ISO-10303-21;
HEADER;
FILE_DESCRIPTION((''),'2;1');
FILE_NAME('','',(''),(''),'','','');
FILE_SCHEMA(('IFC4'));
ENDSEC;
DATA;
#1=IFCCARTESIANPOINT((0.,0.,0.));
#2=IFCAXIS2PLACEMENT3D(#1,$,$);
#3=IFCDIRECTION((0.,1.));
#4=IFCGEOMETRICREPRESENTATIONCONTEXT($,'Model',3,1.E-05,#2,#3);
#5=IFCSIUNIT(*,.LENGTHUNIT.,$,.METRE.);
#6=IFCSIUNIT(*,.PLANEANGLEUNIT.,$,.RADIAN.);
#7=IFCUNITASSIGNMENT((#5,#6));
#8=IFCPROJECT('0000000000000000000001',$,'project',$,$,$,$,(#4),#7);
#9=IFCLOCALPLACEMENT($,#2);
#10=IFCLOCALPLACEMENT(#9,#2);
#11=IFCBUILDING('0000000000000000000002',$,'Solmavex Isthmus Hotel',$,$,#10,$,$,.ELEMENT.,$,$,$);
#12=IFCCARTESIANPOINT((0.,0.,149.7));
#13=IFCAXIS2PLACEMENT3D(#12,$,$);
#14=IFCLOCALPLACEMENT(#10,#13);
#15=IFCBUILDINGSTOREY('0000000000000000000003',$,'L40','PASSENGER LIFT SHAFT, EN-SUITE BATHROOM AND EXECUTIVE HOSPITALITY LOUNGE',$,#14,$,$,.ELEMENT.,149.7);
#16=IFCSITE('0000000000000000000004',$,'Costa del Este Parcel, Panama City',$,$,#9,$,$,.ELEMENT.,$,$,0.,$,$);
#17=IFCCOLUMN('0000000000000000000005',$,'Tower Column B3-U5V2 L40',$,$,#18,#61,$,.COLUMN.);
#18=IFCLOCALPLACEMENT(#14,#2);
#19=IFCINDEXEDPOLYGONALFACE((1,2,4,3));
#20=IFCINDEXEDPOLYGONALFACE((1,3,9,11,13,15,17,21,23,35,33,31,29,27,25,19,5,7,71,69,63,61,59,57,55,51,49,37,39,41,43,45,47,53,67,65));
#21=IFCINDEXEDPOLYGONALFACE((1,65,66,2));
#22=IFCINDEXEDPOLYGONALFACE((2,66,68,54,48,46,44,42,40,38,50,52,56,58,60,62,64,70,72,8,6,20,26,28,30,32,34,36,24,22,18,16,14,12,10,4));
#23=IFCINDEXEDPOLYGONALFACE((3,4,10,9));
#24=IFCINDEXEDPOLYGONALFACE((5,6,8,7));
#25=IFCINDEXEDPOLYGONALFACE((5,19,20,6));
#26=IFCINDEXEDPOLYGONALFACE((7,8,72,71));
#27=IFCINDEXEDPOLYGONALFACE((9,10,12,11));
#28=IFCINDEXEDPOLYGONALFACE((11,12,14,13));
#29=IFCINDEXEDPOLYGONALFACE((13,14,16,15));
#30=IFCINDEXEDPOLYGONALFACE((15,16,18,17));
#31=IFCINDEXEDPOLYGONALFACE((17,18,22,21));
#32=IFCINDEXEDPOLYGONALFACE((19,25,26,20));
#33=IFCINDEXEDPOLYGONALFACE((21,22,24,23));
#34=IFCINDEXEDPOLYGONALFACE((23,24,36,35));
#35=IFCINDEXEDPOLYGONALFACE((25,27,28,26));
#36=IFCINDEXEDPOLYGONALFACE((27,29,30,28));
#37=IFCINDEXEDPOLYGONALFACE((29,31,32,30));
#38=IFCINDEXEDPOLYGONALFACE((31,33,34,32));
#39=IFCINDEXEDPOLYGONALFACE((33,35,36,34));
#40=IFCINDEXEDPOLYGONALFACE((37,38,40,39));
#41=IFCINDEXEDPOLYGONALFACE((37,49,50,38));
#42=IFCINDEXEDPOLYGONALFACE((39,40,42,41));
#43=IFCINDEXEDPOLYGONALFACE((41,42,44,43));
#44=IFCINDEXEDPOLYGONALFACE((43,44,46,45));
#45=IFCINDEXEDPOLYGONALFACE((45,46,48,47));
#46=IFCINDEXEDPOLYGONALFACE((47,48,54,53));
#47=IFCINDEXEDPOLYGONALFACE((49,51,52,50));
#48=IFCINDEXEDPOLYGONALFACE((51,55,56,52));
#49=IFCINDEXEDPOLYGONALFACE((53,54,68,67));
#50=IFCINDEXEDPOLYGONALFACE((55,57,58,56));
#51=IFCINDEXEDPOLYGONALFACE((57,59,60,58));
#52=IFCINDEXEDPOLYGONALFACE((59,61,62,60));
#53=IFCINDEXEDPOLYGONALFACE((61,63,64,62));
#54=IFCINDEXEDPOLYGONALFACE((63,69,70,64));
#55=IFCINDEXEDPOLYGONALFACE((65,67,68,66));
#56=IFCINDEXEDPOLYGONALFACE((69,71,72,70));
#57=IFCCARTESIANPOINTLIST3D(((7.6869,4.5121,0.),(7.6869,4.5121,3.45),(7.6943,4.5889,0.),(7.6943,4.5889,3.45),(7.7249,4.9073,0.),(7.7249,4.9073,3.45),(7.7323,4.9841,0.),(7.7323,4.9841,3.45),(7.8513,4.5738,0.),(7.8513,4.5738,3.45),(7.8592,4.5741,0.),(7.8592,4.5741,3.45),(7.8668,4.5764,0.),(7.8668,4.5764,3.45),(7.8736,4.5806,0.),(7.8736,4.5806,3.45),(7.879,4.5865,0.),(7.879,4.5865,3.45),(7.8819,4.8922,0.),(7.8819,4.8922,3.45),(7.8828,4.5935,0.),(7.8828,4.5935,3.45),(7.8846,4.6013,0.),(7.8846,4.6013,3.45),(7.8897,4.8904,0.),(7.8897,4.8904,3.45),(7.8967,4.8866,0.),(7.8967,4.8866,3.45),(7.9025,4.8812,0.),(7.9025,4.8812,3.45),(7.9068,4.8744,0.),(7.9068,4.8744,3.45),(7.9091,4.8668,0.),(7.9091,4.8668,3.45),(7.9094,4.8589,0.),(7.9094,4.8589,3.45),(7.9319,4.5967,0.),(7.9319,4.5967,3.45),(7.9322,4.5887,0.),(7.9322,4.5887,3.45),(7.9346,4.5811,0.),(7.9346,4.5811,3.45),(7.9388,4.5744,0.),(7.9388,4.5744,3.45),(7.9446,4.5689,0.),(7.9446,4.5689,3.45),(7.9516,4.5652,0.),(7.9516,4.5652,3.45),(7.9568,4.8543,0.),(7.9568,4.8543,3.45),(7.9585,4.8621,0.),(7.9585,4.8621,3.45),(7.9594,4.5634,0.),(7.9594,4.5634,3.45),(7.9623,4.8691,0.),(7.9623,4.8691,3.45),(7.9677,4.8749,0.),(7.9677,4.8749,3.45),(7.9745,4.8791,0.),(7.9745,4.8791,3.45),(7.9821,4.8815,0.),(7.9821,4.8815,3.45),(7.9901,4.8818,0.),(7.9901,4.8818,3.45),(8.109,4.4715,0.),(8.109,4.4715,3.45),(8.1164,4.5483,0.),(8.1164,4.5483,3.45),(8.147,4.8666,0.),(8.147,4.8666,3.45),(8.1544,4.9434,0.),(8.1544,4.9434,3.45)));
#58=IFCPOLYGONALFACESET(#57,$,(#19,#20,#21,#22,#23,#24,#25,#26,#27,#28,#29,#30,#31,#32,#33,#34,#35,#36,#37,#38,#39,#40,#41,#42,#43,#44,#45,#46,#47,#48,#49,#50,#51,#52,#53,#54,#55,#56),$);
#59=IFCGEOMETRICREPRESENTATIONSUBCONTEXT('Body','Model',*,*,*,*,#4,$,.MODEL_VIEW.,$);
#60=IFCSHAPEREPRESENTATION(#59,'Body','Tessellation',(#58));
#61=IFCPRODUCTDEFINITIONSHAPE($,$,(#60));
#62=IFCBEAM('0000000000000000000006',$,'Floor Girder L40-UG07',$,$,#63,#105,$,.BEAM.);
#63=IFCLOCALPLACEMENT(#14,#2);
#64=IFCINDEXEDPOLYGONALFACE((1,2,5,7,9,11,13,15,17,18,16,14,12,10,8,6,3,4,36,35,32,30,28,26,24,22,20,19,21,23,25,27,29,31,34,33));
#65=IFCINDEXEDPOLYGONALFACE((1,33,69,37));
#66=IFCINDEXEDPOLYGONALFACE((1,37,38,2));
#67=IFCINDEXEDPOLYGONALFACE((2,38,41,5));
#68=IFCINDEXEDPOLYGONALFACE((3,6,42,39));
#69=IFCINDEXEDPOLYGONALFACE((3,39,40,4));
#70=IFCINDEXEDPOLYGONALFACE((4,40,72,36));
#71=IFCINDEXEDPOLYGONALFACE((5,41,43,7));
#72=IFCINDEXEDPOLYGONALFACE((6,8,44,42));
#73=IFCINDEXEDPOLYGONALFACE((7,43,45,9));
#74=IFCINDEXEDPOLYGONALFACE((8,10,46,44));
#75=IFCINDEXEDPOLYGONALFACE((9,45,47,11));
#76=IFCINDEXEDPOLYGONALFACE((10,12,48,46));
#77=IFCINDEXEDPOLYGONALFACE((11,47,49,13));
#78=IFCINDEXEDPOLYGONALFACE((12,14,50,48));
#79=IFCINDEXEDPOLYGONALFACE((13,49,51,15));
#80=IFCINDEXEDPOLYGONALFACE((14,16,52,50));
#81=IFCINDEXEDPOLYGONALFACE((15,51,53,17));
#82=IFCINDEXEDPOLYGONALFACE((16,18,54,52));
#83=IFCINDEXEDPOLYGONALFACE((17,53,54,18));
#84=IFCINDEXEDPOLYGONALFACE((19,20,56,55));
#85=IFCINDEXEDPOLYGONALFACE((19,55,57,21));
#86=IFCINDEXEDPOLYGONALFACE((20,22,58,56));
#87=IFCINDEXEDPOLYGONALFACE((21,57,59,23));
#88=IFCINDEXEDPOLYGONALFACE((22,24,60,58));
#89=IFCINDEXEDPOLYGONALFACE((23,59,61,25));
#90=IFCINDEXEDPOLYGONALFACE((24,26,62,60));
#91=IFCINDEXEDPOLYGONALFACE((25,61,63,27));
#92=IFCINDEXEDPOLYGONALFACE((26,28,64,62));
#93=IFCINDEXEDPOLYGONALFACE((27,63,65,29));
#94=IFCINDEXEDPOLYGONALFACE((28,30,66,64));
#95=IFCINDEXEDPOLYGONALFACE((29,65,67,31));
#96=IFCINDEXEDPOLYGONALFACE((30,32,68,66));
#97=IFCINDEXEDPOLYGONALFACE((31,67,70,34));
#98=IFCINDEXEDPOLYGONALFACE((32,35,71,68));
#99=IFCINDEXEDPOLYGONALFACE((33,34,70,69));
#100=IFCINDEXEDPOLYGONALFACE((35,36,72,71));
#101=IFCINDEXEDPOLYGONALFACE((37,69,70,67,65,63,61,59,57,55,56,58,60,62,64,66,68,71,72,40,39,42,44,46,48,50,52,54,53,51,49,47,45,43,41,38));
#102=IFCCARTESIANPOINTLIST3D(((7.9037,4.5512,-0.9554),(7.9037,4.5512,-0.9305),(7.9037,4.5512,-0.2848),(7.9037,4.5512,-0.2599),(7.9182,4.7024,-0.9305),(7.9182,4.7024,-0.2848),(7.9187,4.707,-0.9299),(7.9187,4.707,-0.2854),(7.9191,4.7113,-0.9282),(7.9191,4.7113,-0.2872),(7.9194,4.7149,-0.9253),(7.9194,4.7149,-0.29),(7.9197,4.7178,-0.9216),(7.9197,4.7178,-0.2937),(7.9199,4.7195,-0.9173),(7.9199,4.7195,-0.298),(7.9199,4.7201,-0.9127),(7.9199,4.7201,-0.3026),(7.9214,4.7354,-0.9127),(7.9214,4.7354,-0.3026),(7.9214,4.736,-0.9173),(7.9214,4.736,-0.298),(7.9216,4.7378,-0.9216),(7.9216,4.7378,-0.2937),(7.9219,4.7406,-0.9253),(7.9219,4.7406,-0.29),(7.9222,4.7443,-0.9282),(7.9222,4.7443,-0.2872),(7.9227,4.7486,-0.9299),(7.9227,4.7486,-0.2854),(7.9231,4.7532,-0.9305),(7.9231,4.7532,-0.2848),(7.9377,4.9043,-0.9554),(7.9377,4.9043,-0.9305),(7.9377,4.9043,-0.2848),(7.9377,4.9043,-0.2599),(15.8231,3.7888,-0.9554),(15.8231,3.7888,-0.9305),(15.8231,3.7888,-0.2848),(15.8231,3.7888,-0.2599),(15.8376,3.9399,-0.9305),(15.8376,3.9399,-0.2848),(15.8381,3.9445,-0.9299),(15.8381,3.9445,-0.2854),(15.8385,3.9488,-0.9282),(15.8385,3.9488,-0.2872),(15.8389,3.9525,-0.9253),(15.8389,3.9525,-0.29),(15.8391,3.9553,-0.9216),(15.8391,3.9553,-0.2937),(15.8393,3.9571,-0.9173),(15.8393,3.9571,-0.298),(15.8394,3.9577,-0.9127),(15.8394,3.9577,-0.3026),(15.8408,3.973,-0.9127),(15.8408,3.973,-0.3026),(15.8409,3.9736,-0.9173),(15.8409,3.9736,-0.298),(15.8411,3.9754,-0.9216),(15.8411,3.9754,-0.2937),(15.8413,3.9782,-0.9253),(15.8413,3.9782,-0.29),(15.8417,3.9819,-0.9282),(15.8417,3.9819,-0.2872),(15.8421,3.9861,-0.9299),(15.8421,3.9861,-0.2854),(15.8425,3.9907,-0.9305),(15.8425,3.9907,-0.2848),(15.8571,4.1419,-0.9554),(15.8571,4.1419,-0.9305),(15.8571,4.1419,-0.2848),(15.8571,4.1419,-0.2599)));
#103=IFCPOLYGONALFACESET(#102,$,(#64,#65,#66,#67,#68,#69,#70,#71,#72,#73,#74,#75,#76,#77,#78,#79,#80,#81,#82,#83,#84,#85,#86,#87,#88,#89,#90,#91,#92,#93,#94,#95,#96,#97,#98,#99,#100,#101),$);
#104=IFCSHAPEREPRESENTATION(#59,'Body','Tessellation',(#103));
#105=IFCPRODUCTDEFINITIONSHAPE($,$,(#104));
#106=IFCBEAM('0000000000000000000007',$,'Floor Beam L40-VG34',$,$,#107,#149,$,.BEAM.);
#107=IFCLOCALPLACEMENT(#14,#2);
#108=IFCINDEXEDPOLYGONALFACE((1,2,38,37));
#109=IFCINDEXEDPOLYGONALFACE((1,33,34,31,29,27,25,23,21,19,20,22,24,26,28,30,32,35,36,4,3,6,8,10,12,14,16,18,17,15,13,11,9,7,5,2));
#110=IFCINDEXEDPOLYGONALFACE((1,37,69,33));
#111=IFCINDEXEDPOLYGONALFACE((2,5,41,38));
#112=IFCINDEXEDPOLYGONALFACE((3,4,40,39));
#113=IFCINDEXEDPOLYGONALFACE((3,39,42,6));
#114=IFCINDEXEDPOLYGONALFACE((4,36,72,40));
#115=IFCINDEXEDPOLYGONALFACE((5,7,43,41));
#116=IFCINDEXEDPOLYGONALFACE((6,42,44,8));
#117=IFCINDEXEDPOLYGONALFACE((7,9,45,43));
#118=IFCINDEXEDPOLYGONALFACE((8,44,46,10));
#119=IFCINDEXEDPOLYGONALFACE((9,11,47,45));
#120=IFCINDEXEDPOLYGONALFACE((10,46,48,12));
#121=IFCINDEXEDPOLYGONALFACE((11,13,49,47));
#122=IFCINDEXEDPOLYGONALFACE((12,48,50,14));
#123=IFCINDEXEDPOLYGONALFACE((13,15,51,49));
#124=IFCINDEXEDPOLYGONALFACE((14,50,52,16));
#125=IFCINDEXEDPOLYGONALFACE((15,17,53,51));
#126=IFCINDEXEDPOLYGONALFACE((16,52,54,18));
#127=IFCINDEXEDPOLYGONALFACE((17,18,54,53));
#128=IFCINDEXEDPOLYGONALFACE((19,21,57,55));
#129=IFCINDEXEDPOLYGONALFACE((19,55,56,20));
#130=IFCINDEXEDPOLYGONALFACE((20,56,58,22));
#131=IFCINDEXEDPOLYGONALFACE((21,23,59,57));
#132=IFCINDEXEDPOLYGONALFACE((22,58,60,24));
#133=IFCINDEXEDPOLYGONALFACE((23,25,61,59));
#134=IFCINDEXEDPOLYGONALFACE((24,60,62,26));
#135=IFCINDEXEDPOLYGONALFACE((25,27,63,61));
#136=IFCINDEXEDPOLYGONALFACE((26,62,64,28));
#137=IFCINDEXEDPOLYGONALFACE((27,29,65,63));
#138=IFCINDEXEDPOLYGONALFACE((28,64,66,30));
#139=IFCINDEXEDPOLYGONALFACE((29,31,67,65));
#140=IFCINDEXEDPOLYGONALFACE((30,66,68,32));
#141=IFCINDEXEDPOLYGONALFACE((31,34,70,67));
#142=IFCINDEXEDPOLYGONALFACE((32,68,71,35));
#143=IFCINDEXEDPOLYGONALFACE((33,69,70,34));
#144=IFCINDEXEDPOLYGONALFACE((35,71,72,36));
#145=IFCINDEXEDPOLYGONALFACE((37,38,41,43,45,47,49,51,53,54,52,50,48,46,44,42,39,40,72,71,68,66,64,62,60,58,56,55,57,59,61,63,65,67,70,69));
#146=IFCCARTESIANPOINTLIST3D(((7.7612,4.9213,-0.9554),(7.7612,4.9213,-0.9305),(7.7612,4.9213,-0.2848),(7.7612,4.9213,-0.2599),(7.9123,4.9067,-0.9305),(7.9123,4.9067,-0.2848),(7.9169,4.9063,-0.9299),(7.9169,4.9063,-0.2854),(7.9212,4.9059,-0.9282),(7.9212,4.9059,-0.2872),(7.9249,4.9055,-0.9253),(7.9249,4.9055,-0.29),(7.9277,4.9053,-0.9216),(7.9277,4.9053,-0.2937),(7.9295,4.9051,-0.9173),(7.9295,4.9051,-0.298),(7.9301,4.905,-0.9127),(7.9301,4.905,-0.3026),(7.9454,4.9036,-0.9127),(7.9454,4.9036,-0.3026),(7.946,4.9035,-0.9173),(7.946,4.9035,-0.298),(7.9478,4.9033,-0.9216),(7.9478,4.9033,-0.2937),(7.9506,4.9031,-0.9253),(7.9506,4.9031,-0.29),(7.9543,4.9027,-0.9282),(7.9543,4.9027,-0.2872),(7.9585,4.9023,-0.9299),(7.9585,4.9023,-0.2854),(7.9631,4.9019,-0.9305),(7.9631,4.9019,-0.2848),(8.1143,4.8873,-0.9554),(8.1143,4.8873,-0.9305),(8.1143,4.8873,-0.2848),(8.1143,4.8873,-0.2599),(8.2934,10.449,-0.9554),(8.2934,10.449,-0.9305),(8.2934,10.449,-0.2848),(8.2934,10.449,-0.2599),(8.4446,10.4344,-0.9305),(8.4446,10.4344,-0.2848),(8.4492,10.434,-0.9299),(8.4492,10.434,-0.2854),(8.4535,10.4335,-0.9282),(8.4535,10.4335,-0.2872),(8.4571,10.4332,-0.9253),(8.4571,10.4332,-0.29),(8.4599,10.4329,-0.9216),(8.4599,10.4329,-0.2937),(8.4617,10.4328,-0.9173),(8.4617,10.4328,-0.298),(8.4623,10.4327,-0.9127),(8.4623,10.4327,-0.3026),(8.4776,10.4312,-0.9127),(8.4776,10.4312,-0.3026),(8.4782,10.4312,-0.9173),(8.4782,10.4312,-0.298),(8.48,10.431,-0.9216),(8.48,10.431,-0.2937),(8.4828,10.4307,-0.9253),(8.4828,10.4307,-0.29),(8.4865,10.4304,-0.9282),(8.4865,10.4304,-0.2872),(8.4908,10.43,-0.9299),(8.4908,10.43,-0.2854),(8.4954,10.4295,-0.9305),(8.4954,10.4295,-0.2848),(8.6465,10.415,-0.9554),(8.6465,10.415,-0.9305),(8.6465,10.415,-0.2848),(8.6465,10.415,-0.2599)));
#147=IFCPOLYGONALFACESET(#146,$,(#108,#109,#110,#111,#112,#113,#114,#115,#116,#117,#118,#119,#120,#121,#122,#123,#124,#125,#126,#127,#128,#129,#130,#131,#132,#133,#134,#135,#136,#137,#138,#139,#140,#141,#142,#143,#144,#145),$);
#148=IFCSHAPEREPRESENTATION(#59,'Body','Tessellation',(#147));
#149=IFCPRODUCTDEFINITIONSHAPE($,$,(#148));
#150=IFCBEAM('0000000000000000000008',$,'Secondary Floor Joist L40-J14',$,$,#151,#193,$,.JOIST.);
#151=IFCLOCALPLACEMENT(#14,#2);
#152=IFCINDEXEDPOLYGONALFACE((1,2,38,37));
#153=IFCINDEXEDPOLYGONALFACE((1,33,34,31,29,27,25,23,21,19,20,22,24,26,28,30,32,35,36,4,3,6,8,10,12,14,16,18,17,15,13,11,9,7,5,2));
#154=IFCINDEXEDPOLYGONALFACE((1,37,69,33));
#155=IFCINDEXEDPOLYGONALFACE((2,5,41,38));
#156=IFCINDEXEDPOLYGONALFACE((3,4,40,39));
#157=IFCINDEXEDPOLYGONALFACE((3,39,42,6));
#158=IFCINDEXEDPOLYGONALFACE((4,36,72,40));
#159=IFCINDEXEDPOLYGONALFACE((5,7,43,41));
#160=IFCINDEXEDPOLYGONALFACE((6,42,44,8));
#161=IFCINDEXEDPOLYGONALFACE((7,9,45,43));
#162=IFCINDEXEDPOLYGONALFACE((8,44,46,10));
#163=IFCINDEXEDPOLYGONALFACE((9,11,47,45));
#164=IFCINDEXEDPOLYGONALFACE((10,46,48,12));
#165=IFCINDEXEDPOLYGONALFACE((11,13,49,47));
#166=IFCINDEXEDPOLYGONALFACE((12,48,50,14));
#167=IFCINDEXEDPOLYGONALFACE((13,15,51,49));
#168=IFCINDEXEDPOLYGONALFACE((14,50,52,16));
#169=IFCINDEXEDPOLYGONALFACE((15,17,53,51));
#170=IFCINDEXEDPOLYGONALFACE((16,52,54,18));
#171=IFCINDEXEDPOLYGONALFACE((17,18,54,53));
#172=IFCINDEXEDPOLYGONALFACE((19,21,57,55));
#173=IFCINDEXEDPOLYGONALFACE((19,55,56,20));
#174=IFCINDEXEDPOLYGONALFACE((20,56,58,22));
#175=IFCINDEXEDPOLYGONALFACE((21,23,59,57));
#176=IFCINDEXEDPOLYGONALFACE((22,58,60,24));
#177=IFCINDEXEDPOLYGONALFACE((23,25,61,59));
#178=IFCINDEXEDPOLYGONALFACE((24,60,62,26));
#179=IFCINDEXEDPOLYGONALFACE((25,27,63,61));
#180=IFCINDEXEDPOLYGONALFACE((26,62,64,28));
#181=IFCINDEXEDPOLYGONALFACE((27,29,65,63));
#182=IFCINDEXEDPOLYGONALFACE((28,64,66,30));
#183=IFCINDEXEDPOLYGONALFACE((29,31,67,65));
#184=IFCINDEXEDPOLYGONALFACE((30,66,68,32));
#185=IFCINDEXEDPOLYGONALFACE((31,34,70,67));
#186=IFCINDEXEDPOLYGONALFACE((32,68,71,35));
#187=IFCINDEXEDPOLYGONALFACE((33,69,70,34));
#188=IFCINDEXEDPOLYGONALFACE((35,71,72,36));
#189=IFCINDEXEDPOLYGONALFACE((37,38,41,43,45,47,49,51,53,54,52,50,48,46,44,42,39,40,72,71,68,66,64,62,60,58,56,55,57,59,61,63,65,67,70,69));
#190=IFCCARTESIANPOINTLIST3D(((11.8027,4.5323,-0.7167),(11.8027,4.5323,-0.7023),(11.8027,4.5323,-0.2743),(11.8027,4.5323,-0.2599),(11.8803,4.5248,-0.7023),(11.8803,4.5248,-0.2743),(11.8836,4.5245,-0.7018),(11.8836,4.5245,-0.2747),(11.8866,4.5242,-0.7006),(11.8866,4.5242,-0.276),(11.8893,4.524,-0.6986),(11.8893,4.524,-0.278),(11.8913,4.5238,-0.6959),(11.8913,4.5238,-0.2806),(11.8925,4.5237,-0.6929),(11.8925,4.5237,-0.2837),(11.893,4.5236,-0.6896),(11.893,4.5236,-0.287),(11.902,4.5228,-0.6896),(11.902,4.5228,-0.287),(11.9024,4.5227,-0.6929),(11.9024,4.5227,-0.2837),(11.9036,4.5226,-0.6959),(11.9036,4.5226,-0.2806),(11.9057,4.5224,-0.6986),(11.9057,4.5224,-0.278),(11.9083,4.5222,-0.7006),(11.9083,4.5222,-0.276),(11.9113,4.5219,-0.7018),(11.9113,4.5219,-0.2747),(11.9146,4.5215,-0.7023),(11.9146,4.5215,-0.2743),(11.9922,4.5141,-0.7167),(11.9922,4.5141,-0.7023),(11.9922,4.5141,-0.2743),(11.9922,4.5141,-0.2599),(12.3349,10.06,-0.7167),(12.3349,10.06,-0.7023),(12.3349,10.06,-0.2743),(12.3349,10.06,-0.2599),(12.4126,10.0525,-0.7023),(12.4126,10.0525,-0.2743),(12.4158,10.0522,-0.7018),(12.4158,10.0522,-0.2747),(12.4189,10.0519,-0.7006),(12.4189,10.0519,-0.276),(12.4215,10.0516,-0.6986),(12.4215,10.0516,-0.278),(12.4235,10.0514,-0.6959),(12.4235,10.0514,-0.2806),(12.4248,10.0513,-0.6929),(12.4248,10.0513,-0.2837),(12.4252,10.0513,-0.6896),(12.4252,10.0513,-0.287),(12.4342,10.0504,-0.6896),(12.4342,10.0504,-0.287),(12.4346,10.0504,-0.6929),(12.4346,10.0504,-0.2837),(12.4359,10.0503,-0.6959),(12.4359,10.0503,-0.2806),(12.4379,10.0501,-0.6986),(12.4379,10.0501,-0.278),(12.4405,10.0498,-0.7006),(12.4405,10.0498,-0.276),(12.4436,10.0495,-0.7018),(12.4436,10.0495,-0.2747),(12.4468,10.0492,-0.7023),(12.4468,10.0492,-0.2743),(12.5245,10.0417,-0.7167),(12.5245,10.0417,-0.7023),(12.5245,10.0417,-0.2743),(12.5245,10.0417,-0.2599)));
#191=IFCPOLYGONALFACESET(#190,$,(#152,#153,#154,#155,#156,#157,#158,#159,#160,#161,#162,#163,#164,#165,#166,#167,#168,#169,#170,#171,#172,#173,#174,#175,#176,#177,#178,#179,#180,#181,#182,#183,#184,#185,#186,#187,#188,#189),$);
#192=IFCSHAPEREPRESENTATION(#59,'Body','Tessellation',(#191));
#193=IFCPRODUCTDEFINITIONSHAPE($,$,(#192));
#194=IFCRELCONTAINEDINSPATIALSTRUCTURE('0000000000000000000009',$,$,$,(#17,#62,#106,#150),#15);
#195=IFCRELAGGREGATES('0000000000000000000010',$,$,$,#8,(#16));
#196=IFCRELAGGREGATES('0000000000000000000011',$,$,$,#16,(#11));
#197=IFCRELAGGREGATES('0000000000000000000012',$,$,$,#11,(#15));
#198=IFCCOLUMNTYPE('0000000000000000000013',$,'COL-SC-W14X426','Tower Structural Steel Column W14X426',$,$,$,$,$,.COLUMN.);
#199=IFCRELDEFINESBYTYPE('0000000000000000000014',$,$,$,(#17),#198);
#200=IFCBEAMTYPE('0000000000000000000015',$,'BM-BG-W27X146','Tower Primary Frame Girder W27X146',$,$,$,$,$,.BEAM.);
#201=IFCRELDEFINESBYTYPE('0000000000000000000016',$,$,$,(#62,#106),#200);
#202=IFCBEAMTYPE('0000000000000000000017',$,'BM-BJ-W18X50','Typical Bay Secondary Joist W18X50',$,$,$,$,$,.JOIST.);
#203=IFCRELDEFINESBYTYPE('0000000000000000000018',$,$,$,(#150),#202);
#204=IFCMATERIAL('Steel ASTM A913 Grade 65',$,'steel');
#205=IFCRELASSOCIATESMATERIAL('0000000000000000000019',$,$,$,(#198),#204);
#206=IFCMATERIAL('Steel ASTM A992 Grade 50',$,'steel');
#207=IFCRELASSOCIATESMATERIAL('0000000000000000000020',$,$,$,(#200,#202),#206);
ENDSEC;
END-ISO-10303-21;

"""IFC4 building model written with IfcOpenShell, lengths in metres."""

from ifc_helpers import new_model, si_unit, direction, frame, origin, origin_2d, place, context, subcontext, project, spatial, i_section, extrude, material, material_profile, profile_set, type_object, element, save


model = new_model("IFC4")

# Units and contexts
model_context = context("Model", 3, precision=1e-05, world=origin(), true_north=direction((0.0, 1.0)))
body_context = subcontext(model_context, "Body", "Model", "MODEL_VIEW")
ifc_project = project(units=[si_unit("LENGTHUNIT", "METRE"), si_unit("PLANEANGLEUNIT", "RADIAN")], contexts=[model_context])

# Site, building, storey
site_placement = place(None, origin())
site = spatial("IfcSite", under=ifc_project, at=site_placement, Name="Costa del Este Parcel, Panama City", CompositionType="ELEMENT", RefElevation=0.0)
building_placement = place(site_placement, origin())
building = spatial("IfcBuilding", under=site, at=building_placement, Name="Solmavex Isthmus Hotel", CompositionType="ELEMENT")
storey_placement = place(building_placement, frame((0.0, 0.0, 149.7)))
storey = spatial("IfcBuildingStorey", under=building, at=storey_placement, Name="L40", Description="PASSENGER LIFT SHAFT, EN-SUITE BATHROOM AND EXECUTIVE HOSPITALITY LOUNGE", CompositionType="ELEMENT", Elevation=149.7)

# Column
ifc_material_1 = material(Name="Steel ASTM A913 Grade 65", Category="steel")
ifc_material_profile_1 = material_profile(ifc_material_1, i_section(OverallWidth=0.4241, OverallDepth=0.4741, WebThickness=0.0476, FlangeThickness=0.0771, FilletRadius=0.0305, at=origin_2d()), Name="W14X426")
ifc_profile_set_1 = profile_set([ifc_material_profile_1], Name="Steel ASTM A913 Grade 65")
column_type = type_object("IfcColumnType", Name="COL-SC-W14X426", Description="Tower Structural Steel Column W14X426", PredefinedType="COLUMN", material=ifc_profile_set_1)
column_placement = place(storey_placement, frame((7.9207, 4.7278, 0.0), z_axis=(0.0, 0.0, 1.0), x_axis=(0.995396, -0.095846, 0.0)))
element("IfcColumn", 1, at=column_placement, inside=storey, type_object=column_type, Name="Tower Column B3-U5V2 L40", PredefinedType="COLUMN", context=body_context, shape_type="SweptSolid", body=[
    extrude(i_section(OverallWidth=0.4241, OverallDepth=0.4741, WebThickness=0.0476, FlangeThickness=0.0771, FilletRadius=0.0305, at=origin_2d()), origin(), (0.0, 0.0, 1.0), 3.45),
])

# Beams
ifc_material_2 = material(Name="Steel ASTM A992 Grade 50", Category="steel")
ifc_material_profile_2 = material_profile(ifc_material_2, i_section(OverallWidth=0.3547, OverallDepth=0.6956, WebThickness=0.0154, FlangeThickness=0.0249, FilletRadius=0.0178, at=origin_2d()), Name="W27X146")
ifc_profile_set_2 = profile_set([ifc_material_profile_2], Name="Steel ASTM A992 Grade 50")
beam_type_1 = type_object("IfcBeamType", Name="BM-BG-W27X146", Description="Tower Primary Frame Girder W27X146", PredefinedType="BEAM", material=ifc_profile_set_2)
beam_1_placement = place(storey_placement, frame((7.9207, 4.7278, -0.6077), z_axis=(0.995397, -0.095833, 0.0), x_axis=(0.095833, 0.995397, 0.0)))
element("IfcBeam", 2, at=beam_1_placement, inside=storey, type_object=beam_type_1, Name="Floor Girder L40-UG07", PredefinedType="BEAM", context=body_context, shape_type="SweptSolid", body=[
    extrude(i_section(OverallWidth=0.3547, OverallDepth=0.6956, WebThickness=0.0154, FlangeThickness=0.0249, FilletRadius=0.0178, at=origin_2d()), origin(), (0.0, 0.0, 1.0), 7.9561),
])
beam_2_placement = place(storey_placement, frame((7.9377, 4.9043, -0.6077), z_axis=(0.095842, 0.995397, 0.0), x_axis=(-0.995397, 0.095842, 0.0)))
element("IfcBeam", 3, at=beam_2_placement, inside=storey, type_object=beam_type_1, Name="Floor Beam L40-VG34", PredefinedType="BEAM", context=body_context, shape_type="SweptSolid", body=[
    extrude(i_section(OverallWidth=0.3547, OverallDepth=0.6956, WebThickness=0.0154, FlangeThickness=0.0249, FilletRadius=0.0178, at=origin_2d()), origin(), (0.0, 0.0, 1.0), 5.5532),
])
ifc_material_profile_3 = material_profile(ifc_material_2, i_section(OverallWidth=0.1904, OverallDepth=0.4568, WebThickness=0.009, FlangeThickness=0.0144, FilletRadius=0.0127, at=origin_2d()), Name="W18X50")
ifc_profile_set_3 = profile_set([ifc_material_profile_3], Name="Steel ASTM A992 Grade 50")
beam_type_2 = type_object("IfcBeamType", Name="BM-BJ-W18X50", Description="Typical Bay Secondary Joist W18X50", PredefinedType="JOIST", material=ifc_profile_set_3)
beam_3_placement = place(storey_placement, frame((11.8975, 4.5232, -0.4883), z_axis=(0.095842, 0.995397, 0.0), x_axis=(-0.995397, 0.095842, 0.0)))
element("IfcBeam", 4, at=beam_3_placement, inside=storey, type_object=beam_type_2, Name="Secondary Floor Joist L40-J14", PredefinedType="JOIST", context=body_context, shape_type="SweptSolid", body=[
    extrude(i_section(OverallWidth=0.1904, OverallDepth=0.4568, WebThickness=0.009, FlangeThickness=0.0144, FilletRadius=0.0127, at=origin_2d()), origin(), (0.0, 0.0, 1.0), 5.5532),
])

save(model, "model.ifc")
